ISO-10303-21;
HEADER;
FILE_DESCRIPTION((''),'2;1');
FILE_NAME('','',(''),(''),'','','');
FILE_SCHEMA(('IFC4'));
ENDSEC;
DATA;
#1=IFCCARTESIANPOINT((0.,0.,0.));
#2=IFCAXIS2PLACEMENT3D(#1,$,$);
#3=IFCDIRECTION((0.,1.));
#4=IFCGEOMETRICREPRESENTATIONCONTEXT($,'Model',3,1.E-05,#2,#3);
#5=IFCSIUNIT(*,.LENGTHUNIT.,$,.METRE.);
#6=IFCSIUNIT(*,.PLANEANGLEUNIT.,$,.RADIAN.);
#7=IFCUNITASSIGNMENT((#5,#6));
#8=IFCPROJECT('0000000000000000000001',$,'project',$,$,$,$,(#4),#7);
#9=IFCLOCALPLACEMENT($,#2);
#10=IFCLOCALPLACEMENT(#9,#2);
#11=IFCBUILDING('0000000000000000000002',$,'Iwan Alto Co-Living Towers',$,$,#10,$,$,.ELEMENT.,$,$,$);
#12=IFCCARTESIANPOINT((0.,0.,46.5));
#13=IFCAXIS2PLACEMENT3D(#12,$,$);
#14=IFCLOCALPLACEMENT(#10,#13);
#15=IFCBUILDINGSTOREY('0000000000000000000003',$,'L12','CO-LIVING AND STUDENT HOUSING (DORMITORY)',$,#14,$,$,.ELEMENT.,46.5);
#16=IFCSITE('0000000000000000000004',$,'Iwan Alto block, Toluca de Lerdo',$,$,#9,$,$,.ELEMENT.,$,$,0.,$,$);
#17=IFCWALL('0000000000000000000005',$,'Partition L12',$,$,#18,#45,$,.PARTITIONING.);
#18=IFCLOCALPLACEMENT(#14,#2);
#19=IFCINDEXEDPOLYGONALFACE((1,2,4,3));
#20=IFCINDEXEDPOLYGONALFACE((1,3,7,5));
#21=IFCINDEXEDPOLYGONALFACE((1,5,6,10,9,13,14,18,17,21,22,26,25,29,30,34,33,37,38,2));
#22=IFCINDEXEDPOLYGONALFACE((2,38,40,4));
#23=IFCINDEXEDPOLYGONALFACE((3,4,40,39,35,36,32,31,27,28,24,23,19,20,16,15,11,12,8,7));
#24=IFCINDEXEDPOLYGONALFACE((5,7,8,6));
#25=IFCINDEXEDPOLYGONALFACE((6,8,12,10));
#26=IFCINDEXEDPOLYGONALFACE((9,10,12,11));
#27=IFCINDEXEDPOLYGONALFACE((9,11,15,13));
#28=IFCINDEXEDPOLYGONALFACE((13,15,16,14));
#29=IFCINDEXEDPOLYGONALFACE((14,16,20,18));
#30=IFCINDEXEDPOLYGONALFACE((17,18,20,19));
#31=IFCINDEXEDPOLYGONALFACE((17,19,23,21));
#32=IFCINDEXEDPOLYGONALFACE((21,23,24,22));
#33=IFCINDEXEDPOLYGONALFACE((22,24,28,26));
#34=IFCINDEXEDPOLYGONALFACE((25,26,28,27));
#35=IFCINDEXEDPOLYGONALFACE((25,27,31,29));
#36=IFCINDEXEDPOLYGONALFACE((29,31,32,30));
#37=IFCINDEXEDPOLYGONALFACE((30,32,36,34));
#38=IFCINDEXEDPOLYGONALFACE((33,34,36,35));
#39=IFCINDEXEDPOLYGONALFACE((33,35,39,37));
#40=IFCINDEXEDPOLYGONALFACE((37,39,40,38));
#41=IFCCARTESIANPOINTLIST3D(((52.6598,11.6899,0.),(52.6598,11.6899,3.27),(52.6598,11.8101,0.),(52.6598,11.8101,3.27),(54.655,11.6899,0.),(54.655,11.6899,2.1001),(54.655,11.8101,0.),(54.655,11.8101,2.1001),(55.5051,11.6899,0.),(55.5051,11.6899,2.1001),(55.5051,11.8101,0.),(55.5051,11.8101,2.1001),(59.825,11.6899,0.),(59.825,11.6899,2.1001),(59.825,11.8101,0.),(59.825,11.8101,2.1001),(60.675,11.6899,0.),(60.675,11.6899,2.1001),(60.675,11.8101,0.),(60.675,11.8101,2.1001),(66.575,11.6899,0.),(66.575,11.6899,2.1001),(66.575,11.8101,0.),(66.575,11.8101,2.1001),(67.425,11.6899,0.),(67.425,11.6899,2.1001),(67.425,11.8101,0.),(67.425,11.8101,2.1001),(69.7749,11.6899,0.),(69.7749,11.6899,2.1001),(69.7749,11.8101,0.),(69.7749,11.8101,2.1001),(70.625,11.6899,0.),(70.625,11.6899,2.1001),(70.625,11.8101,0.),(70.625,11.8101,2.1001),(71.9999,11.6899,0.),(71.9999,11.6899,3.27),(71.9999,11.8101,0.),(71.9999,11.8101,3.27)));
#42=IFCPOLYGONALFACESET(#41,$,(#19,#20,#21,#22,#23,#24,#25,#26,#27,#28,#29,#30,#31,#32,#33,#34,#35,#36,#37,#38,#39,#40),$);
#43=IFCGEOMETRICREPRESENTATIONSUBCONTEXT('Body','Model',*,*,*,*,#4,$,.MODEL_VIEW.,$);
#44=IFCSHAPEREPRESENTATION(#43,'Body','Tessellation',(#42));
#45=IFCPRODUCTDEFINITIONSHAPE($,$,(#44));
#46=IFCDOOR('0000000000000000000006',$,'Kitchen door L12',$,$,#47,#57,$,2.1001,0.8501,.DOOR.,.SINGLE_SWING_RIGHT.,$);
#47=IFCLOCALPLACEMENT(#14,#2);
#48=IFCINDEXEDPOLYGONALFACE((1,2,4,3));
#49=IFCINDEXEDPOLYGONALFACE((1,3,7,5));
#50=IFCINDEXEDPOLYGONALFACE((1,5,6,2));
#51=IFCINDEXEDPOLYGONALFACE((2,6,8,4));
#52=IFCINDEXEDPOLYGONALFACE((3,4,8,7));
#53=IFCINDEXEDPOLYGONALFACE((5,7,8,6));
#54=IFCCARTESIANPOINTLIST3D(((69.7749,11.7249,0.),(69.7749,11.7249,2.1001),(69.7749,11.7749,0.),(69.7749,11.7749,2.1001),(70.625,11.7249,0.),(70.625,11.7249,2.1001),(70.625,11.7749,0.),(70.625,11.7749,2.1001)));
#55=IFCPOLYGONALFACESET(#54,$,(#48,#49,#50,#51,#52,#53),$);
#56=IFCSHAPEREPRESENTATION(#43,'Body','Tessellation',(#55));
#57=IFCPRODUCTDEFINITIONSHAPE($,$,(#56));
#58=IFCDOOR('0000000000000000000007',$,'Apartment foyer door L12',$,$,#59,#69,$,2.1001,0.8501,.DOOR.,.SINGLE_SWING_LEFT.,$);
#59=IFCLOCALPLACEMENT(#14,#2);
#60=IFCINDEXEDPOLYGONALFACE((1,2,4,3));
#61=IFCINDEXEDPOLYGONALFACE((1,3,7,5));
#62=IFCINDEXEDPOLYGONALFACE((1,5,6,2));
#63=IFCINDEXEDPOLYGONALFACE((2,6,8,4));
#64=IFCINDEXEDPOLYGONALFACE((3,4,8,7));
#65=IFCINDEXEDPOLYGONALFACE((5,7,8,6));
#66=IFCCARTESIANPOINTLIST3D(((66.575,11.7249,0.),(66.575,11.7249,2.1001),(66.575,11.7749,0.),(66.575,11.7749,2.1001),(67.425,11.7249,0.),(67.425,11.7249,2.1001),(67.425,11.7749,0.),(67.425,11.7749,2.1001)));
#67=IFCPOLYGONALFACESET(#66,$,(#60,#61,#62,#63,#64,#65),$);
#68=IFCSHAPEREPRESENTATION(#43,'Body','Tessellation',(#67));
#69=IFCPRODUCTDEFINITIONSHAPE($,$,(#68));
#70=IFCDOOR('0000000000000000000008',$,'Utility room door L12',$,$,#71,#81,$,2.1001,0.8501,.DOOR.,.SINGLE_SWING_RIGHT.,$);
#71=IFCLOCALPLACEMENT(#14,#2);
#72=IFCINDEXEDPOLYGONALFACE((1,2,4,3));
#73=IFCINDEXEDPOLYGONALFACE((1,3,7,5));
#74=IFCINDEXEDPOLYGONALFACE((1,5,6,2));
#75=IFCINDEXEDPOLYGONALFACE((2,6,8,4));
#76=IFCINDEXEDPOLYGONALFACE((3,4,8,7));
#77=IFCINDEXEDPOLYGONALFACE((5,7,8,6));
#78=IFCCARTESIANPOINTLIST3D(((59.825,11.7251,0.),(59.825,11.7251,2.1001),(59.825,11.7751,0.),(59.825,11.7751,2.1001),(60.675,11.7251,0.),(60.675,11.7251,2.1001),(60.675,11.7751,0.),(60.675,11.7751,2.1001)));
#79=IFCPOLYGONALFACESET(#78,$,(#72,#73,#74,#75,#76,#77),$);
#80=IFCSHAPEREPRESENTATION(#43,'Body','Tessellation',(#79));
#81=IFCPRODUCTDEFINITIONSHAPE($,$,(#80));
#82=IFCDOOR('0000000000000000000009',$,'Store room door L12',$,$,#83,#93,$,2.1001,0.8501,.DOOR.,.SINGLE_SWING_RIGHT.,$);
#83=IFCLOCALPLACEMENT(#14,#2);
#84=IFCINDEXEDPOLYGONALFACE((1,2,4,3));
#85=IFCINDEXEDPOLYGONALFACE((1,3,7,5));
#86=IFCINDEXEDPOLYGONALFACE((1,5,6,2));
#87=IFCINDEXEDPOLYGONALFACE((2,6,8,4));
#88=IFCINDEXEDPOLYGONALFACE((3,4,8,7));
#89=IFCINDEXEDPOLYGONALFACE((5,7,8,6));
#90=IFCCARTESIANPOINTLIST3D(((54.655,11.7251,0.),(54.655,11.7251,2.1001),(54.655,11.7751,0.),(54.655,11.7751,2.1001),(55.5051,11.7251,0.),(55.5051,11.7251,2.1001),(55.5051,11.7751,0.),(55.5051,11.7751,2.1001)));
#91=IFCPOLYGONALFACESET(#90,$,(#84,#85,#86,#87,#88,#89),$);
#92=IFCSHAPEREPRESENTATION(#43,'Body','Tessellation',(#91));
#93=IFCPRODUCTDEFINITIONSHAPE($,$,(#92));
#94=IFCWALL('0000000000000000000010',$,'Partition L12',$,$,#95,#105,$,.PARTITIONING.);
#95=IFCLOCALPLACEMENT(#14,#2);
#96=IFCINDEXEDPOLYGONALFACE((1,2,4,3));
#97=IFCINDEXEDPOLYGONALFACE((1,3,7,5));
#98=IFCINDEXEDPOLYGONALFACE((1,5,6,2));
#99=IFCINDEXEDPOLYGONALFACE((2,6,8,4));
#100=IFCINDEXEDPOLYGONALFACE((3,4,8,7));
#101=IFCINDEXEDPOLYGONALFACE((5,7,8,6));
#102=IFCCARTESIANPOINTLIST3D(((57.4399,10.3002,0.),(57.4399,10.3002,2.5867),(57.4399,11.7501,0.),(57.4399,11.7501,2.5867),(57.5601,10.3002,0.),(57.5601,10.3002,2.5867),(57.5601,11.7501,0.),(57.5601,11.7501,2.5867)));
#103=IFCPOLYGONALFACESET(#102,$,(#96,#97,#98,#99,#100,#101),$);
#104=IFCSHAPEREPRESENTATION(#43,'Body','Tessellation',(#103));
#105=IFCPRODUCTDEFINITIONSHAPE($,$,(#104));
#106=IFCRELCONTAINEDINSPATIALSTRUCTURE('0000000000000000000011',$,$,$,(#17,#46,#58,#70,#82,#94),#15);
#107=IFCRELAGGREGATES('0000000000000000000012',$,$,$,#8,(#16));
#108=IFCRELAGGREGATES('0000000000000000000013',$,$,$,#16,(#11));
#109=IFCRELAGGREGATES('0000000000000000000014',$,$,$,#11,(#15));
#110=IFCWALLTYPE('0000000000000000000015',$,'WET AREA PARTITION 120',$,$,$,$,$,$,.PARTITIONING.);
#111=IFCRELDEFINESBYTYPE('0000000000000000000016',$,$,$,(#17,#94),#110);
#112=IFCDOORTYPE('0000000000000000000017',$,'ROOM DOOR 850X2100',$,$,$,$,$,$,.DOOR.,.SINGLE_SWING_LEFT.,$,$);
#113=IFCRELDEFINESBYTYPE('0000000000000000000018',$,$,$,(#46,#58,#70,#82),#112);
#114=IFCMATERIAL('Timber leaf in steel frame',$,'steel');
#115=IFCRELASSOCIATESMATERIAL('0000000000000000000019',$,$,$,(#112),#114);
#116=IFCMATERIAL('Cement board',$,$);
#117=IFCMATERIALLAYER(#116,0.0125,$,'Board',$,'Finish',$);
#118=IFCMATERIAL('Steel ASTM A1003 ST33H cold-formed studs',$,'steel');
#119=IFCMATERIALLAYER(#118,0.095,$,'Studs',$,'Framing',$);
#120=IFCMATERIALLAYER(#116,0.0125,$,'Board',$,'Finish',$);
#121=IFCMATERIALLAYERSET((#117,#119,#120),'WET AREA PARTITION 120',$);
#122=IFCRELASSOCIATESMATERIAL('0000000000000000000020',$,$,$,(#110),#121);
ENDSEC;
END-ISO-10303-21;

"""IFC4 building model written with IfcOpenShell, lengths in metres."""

from ifc_helpers import new_model, si_unit, direction, frame, frame_2d, origin, place, context, subcontext, project, spatial, rectangle, extrude, material, layer, layer_set, type_object, element, fill, save


model = new_model("IFC4")

# Units and contexts
model_context = context("Model", 3, precision=1e-05, world=origin(), true_north=direction((0.0, 1.0)))
body_context = subcontext(model_context, "Body", "Model", "MODEL_VIEW")
ifc_project = project(units=[si_unit("LENGTHUNIT", "METRE"), si_unit("PLANEANGLEUNIT", "RADIAN")], contexts=[model_context])

# Site, building, storey
site_placement = place(None, origin())
site = spatial("IfcSite", under=ifc_project, at=site_placement, Name="Iwan Alto block, Toluca de Lerdo", CompositionType="ELEMENT", RefElevation=0.0)
building_placement = place(site_placement, origin())
building = spatial("IfcBuilding", under=site, at=building_placement, Name="Iwan Alto Co-Living Towers", CompositionType="ELEMENT")
storey_placement = place(building_placement, frame((0.0, 0.0, 46.5)))
storey = spatial("IfcBuildingStorey", under=building, at=storey_placement, Name="L12", Description="CO-LIVING AND STUDENT HOUSING (DORMITORY)", CompositionType="ELEMENT", Elevation=46.5)

# Shared definitions
ifc_material_1 = material(Name="Steel ASTM A1003 ST33H cold-formed studs", Category="steel")

# Shared definitions
ifc_material_2 = material(Name="Timber leaf in steel frame", Category="steel")
door_type_1 = type_object("IfcDoorType", Name="ROOM DOOR 850X2100", OperationType="SINGLE_SWING_LEFT", PredefinedType="DOOR", material=ifc_material_2)

# Wall, openings, doors
ifc_material_3 = material(Name="Cement board")
ifc_layer_1 = layer(ifc_material_3, 0.0125, Name="Board", Category="Finish")
ifc_layer_2 = layer(ifc_material_1, 0.095, Name="Studs", Category="Framing")
ifc_layer_3 = layer(ifc_material_3, 0.0125, Name="Board", Category="Finish")
ifc_layer_set_1 = layer_set([ifc_layer_1, ifc_layer_2, ifc_layer_3], Name="WET AREA PARTITION 120")
wall_type_1 = type_object("IfcWallType", Name="WET AREA PARTITION 120", PredefinedType="PARTITIONING", material=ifc_layer_set_1)
wall_1_placement = place(storey_placement, frame((52.6599, 11.75, 0.0), z_axis=(0.0, 0.0, 1.0), x_axis=(1.0, 0.0, 0.0)))
wall_1 = element("IfcWall", 1, at=wall_1_placement, inside=storey, type_object=wall_type_1, Name="Partition L12", PredefinedType="PARTITIONING", context=body_context, shape_type="SweptSolid", body=[
    extrude(rectangle(XDim=19.3401, YDim=0.1201, at=frame_2d((9.6699, 0.0))), origin(), (0.0, 0.0, 1.0), 3.27),
])
opening_1_placement = place(wall_1_placement, frame((17.115, 0.0, 0.0)))
opening_1 = element("IfcOpeningElement", 2, at=opening_1_placement, cuts=wall_1, PredefinedType="OPENING", context=body_context, shape_type="SweptSolid", body=[
    extrude(rectangle(XDim=0.8501, YDim=2.1001, at=frame_2d((0.425, 1.05))), frame((0.0, 0.0701, 0.0), z_axis=(0.0, -1.0, 0.0), x_axis=(1.0, 0.0, 0.0)), (0.0, 0.0, 1.0), 0.1401),
])
opening_2_placement = place(wall_1_placement, frame((13.915, 0.0, 0.0)))
opening_2 = element("IfcOpeningElement", 3, at=opening_2_placement, cuts=wall_1, PredefinedType="OPENING", context=body_context, shape_type="SweptSolid", body=[
    extrude(rectangle(XDim=0.8501, YDim=2.1001, at=frame_2d((0.425, 1.05))), frame((0.0, 0.0701, 0.0), z_axis=(0.0, -1.0, 0.0), x_axis=(1.0, 0.0, 0.0)), (0.0, 0.0, 1.0), 0.1401),
])
opening_3_placement = place(wall_1_placement, frame((7.165, 0.0, 0.0)))
opening_3 = element("IfcOpeningElement", 4, at=opening_3_placement, cuts=wall_1, PredefinedType="OPENING", context=body_context, shape_type="SweptSolid", body=[
    extrude(rectangle(XDim=0.8501, YDim=2.1001, at=frame_2d((0.425, 1.05))), frame((0.0, 0.0701, 0.0), z_axis=(0.0, -1.0, 0.0), x_axis=(1.0, 0.0, 0.0)), (0.0, 0.0, 1.0), 0.1401),
])
opening_4_placement = place(wall_1_placement, frame((1.9951, 0.0, 0.0)))
opening_4 = element("IfcOpeningElement", 5, at=opening_4_placement, cuts=wall_1, PredefinedType="OPENING", context=body_context, shape_type="SweptSolid", body=[
    extrude(rectangle(XDim=0.8501, YDim=2.1001, at=frame_2d((0.425, 1.05))), frame((0.0, 0.0701, 0.0), z_axis=(0.0, -1.0, 0.0), x_axis=(1.0, 0.0, 0.0)), (0.0, 0.0, 1.0), 0.1401),
])
door_1_placement = place(opening_1_placement, origin())
door_1 = element("IfcDoor", 6, at=door_1_placement, inside=storey, type_object=door_type_1, Name="Kitchen door L12", OperationType="SINGLE_SWING_RIGHT", OverallHeight=2.1001, OverallWidth=0.8501, PredefinedType="DOOR", context=body_context, shape_type="SweptSolid", body=[
    extrude(rectangle(XDim=0.8501, YDim=2.1001, at=frame_2d((0.425, 1.05))), frame((0.0, 0.0249, 0.0), z_axis=(0.0, -1.0, 0.0), x_axis=(1.0, 0.0, 0.0)), (0.0, 0.0, 1.0), 0.05),
])
fill(opening_1, door_1)
door_2_placement = place(opening_2_placement, origin())
door_2 = element("IfcDoor", 7, at=door_2_placement, inside=storey, type_object=door_type_1, Name="Apartment foyer door L12", OperationType="SINGLE_SWING_LEFT", OverallHeight=2.1001, OverallWidth=0.8501, PredefinedType="DOOR", context=body_context, shape_type="SweptSolid", body=[
    extrude(rectangle(XDim=0.8501, YDim=2.1001, at=frame_2d((0.425, 1.05))), frame((0.0, 0.0249, 0.0), z_axis=(0.0, -1.0, 0.0), x_axis=(1.0, 0.0, 0.0)), (0.0, 0.0, 1.0), 0.05),
])
fill(opening_2, door_2)
door_3_placement = place(opening_3_placement, frame((0.8501, 0.0, 0.0), z_axis=(0.0, 0.0, 1.0), x_axis=(-1.0, 0.0, 0.0)))
door_3 = element("IfcDoor", 8, at=door_3_placement, inside=storey, type_object=door_type_1, Name="Utility room door L12", OperationType="SINGLE_SWING_RIGHT", OverallHeight=2.1001, OverallWidth=0.8501, PredefinedType="DOOR", context=body_context, shape_type="SweptSolid", body=[
    extrude(rectangle(XDim=0.8501, YDim=2.1001, at=frame_2d((0.425, 1.05))), frame((0.0, 0.0249, 0.0), z_axis=(0.0, -1.0, 0.0), x_axis=(1.0, 0.0, 0.0)), (0.0, 0.0, 1.0), 0.05),
])
fill(opening_3, door_3)
door_4_placement = place(opening_4_placement, frame((0.8501, 0.0, 0.0), z_axis=(0.0, 0.0, 1.0), x_axis=(-1.0, 0.0, 0.0)))
door_4 = element("IfcDoor", 9, at=door_4_placement, inside=storey, type_object=door_type_1, Name="Store room door L12", OperationType="SINGLE_SWING_RIGHT", OverallHeight=2.1001, OverallWidth=0.8501, PredefinedType="DOOR", context=body_context, shape_type="SweptSolid", body=[
    extrude(rectangle(XDim=0.8501, YDim=2.1001, at=frame_2d((0.425, 1.05))), frame((0.0, 0.0249, 0.0), z_axis=(0.0, -1.0, 0.0), x_axis=(1.0, 0.0, 0.0)), (0.0, 0.0, 1.0), 0.05),
])
fill(opening_4, door_4)

# Wall
wall_2_placement = place(storey_placement, frame((57.5, 10.3, 0.0), z_axis=(0.0, 0.0, 1.0), x_axis=(0.0, 1.0, 0.0)))
element("IfcWall", 10, at=wall_2_placement, inside=storey, type_object=wall_type_1, Name="Partition L12", PredefinedType="PARTITIONING", context=body_context, shape_type="SweptSolid", body=[
    extrude(rectangle(XDim=1.45, YDim=0.1201, at=frame_2d((0.7251, 0.0))), origin(), (0.0, 0.0, 1.0), 2.5867),
])

save(model, "model.ifc")
